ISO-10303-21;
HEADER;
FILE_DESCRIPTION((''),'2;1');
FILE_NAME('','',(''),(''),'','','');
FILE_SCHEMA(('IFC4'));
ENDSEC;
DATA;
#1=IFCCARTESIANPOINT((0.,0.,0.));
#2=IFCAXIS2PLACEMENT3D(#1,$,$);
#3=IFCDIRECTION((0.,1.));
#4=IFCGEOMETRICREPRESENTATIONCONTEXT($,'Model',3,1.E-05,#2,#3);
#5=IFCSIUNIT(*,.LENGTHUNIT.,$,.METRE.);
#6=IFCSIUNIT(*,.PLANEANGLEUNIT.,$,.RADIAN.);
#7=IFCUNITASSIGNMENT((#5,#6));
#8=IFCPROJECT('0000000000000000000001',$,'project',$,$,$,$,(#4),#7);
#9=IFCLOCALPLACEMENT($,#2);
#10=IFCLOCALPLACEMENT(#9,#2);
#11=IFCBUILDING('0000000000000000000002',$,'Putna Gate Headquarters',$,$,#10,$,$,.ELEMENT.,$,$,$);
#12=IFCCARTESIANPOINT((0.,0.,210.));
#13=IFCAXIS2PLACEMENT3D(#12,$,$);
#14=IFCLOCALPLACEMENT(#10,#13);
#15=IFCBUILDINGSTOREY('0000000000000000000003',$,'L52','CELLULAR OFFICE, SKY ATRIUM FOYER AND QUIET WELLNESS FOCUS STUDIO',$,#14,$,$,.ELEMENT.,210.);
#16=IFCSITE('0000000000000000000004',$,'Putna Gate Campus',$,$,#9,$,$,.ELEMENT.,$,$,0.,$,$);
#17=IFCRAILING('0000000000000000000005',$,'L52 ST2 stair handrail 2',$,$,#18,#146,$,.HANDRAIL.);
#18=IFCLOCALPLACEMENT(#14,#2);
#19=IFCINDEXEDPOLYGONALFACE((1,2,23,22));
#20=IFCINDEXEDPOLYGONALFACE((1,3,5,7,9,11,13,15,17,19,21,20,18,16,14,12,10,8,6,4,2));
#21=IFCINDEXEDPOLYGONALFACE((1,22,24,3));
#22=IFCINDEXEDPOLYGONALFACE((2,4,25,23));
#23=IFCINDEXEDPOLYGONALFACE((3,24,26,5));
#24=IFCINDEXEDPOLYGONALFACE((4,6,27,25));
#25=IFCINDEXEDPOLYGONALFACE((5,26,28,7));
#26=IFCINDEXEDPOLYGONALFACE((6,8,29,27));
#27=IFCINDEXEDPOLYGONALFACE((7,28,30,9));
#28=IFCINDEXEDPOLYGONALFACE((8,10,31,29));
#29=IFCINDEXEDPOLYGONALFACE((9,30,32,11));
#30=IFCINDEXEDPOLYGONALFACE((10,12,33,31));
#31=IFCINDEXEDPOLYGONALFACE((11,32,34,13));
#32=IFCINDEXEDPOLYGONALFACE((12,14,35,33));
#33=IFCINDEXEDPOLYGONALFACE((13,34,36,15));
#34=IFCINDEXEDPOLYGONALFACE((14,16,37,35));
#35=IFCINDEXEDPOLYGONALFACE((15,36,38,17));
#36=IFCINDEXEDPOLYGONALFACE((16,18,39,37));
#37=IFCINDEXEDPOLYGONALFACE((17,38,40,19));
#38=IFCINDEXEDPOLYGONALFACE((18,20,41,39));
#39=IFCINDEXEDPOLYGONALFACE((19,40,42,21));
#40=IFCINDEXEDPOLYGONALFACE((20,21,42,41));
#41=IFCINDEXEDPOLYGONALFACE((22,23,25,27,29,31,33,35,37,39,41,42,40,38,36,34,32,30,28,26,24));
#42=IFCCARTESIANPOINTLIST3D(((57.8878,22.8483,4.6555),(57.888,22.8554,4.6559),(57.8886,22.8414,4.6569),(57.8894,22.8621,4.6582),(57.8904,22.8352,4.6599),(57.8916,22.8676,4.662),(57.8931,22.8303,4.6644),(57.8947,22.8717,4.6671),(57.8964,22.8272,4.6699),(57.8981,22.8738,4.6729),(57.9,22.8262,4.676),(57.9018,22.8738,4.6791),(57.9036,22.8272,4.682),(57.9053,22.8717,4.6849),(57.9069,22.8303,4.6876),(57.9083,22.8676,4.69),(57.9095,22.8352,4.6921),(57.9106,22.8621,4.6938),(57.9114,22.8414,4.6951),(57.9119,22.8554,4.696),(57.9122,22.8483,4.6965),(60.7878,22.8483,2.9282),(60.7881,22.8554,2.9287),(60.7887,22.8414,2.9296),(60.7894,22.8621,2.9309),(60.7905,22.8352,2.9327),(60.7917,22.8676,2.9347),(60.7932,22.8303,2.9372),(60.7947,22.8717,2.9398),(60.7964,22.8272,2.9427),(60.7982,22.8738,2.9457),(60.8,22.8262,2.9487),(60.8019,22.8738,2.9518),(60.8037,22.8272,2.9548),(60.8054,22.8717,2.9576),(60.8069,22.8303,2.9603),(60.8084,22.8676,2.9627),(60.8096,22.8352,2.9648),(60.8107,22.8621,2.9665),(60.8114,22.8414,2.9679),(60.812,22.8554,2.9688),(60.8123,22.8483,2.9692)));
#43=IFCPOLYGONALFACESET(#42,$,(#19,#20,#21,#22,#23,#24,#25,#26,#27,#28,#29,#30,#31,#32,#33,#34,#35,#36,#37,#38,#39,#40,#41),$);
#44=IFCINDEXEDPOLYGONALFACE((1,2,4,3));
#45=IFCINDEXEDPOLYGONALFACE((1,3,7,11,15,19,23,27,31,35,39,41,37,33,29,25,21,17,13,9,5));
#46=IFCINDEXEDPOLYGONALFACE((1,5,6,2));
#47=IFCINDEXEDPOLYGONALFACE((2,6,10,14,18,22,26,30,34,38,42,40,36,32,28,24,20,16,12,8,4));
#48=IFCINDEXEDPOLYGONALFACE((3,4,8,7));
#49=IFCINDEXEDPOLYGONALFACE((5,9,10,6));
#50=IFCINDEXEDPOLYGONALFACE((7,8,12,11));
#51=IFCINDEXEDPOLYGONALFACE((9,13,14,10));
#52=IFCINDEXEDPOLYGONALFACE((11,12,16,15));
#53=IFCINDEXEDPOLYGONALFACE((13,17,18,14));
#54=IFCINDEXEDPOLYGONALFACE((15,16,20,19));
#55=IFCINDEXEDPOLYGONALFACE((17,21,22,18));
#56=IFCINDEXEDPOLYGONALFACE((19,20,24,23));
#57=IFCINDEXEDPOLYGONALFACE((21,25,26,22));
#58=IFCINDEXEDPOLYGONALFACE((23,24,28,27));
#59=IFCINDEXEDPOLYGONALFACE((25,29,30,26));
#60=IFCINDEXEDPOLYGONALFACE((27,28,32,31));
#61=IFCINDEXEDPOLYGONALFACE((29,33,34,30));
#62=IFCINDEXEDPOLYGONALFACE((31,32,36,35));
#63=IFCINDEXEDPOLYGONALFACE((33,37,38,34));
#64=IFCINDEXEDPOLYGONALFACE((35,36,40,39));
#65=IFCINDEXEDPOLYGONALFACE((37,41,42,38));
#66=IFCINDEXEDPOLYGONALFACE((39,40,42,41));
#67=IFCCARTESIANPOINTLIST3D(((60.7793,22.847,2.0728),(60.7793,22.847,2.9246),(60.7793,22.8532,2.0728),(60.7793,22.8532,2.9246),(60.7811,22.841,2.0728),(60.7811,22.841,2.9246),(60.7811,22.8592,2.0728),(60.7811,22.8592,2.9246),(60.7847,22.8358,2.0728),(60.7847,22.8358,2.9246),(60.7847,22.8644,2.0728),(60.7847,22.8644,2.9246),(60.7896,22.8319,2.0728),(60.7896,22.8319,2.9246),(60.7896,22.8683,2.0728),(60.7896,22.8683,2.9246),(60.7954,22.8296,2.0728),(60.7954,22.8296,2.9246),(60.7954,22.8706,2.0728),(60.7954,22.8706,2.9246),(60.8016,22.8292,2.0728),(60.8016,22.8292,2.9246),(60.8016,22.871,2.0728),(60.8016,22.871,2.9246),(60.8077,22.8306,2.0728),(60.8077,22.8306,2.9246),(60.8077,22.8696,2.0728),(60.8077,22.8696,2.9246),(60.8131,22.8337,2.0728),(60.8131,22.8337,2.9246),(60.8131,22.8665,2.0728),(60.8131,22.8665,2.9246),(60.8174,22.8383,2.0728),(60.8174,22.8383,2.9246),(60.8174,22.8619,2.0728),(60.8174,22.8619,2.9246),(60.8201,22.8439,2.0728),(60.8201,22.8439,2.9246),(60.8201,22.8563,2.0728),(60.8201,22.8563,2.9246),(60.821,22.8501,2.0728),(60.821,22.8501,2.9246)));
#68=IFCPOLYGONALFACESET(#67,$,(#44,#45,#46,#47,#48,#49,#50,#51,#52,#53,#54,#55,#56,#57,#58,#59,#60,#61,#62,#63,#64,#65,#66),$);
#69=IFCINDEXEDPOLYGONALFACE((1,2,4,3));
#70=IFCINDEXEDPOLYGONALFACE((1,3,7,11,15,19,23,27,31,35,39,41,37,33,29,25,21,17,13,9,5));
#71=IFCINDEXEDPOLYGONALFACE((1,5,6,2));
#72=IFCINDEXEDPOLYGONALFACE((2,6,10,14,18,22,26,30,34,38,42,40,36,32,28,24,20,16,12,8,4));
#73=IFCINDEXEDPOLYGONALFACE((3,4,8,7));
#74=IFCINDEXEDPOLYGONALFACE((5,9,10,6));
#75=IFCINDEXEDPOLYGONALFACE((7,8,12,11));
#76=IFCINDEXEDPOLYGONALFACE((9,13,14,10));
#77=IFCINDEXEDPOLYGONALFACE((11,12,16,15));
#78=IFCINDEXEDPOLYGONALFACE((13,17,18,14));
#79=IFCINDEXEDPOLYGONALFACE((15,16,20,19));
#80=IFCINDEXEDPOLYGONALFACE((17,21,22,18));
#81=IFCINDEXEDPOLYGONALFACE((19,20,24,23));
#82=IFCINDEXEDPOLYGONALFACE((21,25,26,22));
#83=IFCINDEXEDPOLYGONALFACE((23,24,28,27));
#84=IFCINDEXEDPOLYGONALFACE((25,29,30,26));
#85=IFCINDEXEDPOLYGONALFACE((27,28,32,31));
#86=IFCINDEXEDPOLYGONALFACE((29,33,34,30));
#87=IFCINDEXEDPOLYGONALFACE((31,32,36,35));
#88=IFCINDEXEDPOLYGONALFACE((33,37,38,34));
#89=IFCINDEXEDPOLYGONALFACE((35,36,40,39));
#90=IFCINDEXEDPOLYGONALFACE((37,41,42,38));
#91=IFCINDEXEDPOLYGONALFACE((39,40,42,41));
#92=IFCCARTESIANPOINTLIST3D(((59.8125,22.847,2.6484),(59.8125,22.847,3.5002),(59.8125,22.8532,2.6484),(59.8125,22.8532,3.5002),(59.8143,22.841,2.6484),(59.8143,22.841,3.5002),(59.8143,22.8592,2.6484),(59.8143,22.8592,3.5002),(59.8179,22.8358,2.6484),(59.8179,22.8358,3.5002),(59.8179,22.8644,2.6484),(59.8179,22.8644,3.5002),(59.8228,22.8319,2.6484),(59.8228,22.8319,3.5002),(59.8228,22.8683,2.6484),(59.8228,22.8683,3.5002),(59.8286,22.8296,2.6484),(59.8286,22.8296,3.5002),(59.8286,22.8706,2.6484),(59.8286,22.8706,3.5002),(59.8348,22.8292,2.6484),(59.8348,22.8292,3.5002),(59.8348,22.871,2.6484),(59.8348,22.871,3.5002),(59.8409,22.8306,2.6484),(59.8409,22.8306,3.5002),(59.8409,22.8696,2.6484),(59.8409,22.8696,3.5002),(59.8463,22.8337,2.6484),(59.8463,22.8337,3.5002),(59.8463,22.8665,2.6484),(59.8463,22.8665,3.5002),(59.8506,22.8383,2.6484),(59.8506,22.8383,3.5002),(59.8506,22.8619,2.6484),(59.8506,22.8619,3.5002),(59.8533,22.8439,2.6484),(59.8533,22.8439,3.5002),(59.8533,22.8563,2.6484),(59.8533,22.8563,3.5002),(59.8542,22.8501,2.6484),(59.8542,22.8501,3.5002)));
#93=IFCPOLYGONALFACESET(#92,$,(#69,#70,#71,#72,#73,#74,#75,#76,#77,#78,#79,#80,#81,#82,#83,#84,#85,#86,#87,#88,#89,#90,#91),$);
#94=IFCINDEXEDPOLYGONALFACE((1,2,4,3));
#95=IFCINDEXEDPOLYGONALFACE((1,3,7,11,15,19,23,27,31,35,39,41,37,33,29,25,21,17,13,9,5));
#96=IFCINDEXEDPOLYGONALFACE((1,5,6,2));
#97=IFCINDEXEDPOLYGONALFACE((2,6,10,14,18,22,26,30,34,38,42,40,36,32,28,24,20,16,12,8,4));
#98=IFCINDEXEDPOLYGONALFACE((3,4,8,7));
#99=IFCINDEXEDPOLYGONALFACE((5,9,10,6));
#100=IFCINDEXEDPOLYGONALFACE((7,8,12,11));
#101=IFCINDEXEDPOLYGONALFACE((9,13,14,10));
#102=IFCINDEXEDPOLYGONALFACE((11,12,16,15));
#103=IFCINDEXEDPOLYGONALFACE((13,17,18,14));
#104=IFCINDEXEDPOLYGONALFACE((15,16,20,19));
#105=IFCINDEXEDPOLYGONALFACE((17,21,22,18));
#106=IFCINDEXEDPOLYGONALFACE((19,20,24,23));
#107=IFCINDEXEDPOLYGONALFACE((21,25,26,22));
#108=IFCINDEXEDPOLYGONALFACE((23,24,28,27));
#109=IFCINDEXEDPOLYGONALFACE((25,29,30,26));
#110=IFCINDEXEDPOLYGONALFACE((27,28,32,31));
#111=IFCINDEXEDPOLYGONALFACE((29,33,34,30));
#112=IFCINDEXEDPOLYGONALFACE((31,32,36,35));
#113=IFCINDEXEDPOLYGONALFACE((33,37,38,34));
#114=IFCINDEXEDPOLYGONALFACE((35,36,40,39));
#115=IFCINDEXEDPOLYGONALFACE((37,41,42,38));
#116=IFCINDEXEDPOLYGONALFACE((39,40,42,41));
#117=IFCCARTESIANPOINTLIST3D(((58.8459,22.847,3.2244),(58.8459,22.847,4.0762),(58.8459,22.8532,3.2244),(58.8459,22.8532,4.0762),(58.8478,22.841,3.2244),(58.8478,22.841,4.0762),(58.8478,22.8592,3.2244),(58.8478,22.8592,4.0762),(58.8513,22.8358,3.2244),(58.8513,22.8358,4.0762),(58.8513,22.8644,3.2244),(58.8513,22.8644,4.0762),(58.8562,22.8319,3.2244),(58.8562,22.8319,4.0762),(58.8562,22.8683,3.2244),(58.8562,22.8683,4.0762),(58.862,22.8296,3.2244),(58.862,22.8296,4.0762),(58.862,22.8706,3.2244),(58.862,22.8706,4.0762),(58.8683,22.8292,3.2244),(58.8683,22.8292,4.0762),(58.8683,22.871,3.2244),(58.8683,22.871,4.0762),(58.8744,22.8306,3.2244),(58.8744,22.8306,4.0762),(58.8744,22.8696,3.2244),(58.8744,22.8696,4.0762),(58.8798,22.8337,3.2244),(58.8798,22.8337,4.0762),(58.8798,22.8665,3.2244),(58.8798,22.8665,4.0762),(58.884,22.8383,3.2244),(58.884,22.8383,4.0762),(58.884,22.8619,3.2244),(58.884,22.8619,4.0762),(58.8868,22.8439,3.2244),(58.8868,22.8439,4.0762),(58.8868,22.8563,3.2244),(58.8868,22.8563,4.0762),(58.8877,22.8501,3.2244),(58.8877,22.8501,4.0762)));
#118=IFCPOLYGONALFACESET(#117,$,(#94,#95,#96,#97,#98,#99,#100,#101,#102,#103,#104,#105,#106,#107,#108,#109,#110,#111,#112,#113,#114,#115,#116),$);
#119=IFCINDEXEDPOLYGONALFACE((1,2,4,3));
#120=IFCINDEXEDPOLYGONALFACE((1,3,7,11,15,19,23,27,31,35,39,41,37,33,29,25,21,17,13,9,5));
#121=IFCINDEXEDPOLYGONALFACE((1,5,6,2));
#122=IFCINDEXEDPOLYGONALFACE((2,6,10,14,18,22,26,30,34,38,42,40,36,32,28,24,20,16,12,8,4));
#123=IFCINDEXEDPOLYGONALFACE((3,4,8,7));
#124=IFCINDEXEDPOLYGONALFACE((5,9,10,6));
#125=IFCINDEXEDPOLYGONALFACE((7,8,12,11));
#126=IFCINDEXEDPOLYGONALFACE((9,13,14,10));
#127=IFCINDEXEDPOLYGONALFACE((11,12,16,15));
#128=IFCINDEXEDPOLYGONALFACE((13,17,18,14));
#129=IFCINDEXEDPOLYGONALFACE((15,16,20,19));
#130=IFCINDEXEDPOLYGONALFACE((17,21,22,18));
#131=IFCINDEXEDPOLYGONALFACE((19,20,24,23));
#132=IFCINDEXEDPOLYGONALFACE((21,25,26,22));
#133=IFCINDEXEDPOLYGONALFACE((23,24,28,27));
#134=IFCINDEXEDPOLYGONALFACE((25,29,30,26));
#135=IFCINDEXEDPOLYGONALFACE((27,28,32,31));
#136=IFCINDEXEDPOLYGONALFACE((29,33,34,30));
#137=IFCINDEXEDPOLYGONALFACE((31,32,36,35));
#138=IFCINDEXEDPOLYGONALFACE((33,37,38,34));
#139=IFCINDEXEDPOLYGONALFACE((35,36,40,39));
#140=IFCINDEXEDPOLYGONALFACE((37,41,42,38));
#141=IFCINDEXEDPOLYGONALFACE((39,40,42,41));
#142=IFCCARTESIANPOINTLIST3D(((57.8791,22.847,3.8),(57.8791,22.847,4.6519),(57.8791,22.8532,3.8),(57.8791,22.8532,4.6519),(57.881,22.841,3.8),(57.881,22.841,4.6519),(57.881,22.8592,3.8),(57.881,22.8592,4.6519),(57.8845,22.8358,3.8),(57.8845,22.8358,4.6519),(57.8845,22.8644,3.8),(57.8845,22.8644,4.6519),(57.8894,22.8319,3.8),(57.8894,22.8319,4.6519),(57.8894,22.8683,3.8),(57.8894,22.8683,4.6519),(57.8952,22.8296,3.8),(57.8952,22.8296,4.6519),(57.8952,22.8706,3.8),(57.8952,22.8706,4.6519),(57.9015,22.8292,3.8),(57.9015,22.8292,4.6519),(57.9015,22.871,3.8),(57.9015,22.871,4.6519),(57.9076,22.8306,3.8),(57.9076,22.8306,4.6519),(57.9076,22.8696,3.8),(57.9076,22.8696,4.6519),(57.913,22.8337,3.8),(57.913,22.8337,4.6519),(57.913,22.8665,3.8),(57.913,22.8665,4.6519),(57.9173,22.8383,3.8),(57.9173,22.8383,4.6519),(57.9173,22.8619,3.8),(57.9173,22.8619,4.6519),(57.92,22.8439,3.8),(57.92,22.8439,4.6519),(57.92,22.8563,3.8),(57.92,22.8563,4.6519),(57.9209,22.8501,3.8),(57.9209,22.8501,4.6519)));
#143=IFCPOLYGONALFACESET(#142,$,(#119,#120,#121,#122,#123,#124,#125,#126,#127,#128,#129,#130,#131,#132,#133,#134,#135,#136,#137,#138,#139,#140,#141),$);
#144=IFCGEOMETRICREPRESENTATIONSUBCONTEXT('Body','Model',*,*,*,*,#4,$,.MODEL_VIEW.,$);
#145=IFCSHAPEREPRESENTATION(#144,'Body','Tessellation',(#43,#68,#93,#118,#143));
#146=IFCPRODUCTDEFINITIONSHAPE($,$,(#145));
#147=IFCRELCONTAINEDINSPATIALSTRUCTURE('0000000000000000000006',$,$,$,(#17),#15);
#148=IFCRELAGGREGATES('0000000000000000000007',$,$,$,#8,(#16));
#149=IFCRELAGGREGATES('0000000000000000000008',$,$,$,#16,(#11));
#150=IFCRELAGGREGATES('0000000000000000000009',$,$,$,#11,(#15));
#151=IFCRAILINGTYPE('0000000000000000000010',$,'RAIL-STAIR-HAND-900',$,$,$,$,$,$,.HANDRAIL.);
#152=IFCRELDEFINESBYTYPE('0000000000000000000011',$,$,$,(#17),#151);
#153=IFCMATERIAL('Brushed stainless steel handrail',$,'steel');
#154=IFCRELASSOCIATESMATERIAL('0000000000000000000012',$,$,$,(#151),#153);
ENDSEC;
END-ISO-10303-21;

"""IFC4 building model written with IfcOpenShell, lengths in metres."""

from ifc_helpers import new_model, si_unit, direction, frame, origin, origin_2d, place, context, subcontext, project, spatial, circle, extrude, material, type_object, element, save


model = new_model("IFC4")

# Units and contexts
model_context = context("Model", 3, precision=1e-05, world=origin(), true_north=direction((0.0, 1.0)))
body_context = subcontext(model_context, "Body", "Model", "MODEL_VIEW")
ifc_project = project(units=[si_unit("LENGTHUNIT", "METRE"), si_unit("PLANEANGLEUNIT", "RADIAN")], contexts=[model_context])

# Site, building, storey
site_placement = place(None, origin())
site = spatial("IfcSite", under=ifc_project, at=site_placement, Name="Putna Gate Campus", CompositionType="ELEMENT", RefElevation=0.0)
building_placement = place(site_placement, origin())
building = spatial("IfcBuilding", under=site, at=building_placement, Name="Putna Gate Headquarters", CompositionType="ELEMENT")
storey_placement = place(building_placement, frame((0.0, 0.0, 210.0)))
storey = spatial("IfcBuildingStorey", under=building, at=storey_placement, Name="L52", Description="CELLULAR OFFICE, SKY ATRIUM FOYER AND QUIET WELLNESS FOCUS STUDIO", CompositionType="ELEMENT", Elevation=210.0)

# Railing
ifc_material_1 = material(Name="Brushed stainless steel handrail", Category="steel")
railing_type_1 = type_object("IfcRailingType", Name="RAIL-STAIR-HAND-900", PredefinedType="HANDRAIL", material=ifc_material_1)
railing_1_placement = place(storey_placement, frame((60.8, 22.8501, 2.0728)))
element("IfcRailing", 1, at=railing_1_placement, inside=storey, type_object=railing_type_1, Name="L52 ST2 stair handrail 2", PredefinedType="HANDRAIL", context=body_context, shape_type="SweptSolid", body=[
    extrude(circle(Radius=0.0239, at=origin_2d()), frame((0.0, 0.0, 0.876), z_axis=(-0.85916, 0.0, 0.511706), x_axis=(0.0, -1.0, 0.0)), (0.0, 0.0, 1.0), 3.3755),
    extrude(circle(Radius=0.021, at=origin_2d()), origin(), (0.0, 0.0, 1.0), 0.8518),
    extrude(circle(Radius=0.021, at=origin_2d()), frame((-0.9668, 0.0, 0.5757)), (0.0, 0.0, 1.0), 0.8518),
    extrude(circle(Radius=0.021, at=origin_2d()), frame((-1.9333, 0.0, 1.1516)), (0.0, 0.0, 1.0), 0.8518),
    extrude(circle(Radius=0.021, at=origin_2d()), frame((-2.9001, 0.0, 1.7273)), (0.0, 0.0, 1.0), 0.8518),
])

save(model, "model.ifc")
